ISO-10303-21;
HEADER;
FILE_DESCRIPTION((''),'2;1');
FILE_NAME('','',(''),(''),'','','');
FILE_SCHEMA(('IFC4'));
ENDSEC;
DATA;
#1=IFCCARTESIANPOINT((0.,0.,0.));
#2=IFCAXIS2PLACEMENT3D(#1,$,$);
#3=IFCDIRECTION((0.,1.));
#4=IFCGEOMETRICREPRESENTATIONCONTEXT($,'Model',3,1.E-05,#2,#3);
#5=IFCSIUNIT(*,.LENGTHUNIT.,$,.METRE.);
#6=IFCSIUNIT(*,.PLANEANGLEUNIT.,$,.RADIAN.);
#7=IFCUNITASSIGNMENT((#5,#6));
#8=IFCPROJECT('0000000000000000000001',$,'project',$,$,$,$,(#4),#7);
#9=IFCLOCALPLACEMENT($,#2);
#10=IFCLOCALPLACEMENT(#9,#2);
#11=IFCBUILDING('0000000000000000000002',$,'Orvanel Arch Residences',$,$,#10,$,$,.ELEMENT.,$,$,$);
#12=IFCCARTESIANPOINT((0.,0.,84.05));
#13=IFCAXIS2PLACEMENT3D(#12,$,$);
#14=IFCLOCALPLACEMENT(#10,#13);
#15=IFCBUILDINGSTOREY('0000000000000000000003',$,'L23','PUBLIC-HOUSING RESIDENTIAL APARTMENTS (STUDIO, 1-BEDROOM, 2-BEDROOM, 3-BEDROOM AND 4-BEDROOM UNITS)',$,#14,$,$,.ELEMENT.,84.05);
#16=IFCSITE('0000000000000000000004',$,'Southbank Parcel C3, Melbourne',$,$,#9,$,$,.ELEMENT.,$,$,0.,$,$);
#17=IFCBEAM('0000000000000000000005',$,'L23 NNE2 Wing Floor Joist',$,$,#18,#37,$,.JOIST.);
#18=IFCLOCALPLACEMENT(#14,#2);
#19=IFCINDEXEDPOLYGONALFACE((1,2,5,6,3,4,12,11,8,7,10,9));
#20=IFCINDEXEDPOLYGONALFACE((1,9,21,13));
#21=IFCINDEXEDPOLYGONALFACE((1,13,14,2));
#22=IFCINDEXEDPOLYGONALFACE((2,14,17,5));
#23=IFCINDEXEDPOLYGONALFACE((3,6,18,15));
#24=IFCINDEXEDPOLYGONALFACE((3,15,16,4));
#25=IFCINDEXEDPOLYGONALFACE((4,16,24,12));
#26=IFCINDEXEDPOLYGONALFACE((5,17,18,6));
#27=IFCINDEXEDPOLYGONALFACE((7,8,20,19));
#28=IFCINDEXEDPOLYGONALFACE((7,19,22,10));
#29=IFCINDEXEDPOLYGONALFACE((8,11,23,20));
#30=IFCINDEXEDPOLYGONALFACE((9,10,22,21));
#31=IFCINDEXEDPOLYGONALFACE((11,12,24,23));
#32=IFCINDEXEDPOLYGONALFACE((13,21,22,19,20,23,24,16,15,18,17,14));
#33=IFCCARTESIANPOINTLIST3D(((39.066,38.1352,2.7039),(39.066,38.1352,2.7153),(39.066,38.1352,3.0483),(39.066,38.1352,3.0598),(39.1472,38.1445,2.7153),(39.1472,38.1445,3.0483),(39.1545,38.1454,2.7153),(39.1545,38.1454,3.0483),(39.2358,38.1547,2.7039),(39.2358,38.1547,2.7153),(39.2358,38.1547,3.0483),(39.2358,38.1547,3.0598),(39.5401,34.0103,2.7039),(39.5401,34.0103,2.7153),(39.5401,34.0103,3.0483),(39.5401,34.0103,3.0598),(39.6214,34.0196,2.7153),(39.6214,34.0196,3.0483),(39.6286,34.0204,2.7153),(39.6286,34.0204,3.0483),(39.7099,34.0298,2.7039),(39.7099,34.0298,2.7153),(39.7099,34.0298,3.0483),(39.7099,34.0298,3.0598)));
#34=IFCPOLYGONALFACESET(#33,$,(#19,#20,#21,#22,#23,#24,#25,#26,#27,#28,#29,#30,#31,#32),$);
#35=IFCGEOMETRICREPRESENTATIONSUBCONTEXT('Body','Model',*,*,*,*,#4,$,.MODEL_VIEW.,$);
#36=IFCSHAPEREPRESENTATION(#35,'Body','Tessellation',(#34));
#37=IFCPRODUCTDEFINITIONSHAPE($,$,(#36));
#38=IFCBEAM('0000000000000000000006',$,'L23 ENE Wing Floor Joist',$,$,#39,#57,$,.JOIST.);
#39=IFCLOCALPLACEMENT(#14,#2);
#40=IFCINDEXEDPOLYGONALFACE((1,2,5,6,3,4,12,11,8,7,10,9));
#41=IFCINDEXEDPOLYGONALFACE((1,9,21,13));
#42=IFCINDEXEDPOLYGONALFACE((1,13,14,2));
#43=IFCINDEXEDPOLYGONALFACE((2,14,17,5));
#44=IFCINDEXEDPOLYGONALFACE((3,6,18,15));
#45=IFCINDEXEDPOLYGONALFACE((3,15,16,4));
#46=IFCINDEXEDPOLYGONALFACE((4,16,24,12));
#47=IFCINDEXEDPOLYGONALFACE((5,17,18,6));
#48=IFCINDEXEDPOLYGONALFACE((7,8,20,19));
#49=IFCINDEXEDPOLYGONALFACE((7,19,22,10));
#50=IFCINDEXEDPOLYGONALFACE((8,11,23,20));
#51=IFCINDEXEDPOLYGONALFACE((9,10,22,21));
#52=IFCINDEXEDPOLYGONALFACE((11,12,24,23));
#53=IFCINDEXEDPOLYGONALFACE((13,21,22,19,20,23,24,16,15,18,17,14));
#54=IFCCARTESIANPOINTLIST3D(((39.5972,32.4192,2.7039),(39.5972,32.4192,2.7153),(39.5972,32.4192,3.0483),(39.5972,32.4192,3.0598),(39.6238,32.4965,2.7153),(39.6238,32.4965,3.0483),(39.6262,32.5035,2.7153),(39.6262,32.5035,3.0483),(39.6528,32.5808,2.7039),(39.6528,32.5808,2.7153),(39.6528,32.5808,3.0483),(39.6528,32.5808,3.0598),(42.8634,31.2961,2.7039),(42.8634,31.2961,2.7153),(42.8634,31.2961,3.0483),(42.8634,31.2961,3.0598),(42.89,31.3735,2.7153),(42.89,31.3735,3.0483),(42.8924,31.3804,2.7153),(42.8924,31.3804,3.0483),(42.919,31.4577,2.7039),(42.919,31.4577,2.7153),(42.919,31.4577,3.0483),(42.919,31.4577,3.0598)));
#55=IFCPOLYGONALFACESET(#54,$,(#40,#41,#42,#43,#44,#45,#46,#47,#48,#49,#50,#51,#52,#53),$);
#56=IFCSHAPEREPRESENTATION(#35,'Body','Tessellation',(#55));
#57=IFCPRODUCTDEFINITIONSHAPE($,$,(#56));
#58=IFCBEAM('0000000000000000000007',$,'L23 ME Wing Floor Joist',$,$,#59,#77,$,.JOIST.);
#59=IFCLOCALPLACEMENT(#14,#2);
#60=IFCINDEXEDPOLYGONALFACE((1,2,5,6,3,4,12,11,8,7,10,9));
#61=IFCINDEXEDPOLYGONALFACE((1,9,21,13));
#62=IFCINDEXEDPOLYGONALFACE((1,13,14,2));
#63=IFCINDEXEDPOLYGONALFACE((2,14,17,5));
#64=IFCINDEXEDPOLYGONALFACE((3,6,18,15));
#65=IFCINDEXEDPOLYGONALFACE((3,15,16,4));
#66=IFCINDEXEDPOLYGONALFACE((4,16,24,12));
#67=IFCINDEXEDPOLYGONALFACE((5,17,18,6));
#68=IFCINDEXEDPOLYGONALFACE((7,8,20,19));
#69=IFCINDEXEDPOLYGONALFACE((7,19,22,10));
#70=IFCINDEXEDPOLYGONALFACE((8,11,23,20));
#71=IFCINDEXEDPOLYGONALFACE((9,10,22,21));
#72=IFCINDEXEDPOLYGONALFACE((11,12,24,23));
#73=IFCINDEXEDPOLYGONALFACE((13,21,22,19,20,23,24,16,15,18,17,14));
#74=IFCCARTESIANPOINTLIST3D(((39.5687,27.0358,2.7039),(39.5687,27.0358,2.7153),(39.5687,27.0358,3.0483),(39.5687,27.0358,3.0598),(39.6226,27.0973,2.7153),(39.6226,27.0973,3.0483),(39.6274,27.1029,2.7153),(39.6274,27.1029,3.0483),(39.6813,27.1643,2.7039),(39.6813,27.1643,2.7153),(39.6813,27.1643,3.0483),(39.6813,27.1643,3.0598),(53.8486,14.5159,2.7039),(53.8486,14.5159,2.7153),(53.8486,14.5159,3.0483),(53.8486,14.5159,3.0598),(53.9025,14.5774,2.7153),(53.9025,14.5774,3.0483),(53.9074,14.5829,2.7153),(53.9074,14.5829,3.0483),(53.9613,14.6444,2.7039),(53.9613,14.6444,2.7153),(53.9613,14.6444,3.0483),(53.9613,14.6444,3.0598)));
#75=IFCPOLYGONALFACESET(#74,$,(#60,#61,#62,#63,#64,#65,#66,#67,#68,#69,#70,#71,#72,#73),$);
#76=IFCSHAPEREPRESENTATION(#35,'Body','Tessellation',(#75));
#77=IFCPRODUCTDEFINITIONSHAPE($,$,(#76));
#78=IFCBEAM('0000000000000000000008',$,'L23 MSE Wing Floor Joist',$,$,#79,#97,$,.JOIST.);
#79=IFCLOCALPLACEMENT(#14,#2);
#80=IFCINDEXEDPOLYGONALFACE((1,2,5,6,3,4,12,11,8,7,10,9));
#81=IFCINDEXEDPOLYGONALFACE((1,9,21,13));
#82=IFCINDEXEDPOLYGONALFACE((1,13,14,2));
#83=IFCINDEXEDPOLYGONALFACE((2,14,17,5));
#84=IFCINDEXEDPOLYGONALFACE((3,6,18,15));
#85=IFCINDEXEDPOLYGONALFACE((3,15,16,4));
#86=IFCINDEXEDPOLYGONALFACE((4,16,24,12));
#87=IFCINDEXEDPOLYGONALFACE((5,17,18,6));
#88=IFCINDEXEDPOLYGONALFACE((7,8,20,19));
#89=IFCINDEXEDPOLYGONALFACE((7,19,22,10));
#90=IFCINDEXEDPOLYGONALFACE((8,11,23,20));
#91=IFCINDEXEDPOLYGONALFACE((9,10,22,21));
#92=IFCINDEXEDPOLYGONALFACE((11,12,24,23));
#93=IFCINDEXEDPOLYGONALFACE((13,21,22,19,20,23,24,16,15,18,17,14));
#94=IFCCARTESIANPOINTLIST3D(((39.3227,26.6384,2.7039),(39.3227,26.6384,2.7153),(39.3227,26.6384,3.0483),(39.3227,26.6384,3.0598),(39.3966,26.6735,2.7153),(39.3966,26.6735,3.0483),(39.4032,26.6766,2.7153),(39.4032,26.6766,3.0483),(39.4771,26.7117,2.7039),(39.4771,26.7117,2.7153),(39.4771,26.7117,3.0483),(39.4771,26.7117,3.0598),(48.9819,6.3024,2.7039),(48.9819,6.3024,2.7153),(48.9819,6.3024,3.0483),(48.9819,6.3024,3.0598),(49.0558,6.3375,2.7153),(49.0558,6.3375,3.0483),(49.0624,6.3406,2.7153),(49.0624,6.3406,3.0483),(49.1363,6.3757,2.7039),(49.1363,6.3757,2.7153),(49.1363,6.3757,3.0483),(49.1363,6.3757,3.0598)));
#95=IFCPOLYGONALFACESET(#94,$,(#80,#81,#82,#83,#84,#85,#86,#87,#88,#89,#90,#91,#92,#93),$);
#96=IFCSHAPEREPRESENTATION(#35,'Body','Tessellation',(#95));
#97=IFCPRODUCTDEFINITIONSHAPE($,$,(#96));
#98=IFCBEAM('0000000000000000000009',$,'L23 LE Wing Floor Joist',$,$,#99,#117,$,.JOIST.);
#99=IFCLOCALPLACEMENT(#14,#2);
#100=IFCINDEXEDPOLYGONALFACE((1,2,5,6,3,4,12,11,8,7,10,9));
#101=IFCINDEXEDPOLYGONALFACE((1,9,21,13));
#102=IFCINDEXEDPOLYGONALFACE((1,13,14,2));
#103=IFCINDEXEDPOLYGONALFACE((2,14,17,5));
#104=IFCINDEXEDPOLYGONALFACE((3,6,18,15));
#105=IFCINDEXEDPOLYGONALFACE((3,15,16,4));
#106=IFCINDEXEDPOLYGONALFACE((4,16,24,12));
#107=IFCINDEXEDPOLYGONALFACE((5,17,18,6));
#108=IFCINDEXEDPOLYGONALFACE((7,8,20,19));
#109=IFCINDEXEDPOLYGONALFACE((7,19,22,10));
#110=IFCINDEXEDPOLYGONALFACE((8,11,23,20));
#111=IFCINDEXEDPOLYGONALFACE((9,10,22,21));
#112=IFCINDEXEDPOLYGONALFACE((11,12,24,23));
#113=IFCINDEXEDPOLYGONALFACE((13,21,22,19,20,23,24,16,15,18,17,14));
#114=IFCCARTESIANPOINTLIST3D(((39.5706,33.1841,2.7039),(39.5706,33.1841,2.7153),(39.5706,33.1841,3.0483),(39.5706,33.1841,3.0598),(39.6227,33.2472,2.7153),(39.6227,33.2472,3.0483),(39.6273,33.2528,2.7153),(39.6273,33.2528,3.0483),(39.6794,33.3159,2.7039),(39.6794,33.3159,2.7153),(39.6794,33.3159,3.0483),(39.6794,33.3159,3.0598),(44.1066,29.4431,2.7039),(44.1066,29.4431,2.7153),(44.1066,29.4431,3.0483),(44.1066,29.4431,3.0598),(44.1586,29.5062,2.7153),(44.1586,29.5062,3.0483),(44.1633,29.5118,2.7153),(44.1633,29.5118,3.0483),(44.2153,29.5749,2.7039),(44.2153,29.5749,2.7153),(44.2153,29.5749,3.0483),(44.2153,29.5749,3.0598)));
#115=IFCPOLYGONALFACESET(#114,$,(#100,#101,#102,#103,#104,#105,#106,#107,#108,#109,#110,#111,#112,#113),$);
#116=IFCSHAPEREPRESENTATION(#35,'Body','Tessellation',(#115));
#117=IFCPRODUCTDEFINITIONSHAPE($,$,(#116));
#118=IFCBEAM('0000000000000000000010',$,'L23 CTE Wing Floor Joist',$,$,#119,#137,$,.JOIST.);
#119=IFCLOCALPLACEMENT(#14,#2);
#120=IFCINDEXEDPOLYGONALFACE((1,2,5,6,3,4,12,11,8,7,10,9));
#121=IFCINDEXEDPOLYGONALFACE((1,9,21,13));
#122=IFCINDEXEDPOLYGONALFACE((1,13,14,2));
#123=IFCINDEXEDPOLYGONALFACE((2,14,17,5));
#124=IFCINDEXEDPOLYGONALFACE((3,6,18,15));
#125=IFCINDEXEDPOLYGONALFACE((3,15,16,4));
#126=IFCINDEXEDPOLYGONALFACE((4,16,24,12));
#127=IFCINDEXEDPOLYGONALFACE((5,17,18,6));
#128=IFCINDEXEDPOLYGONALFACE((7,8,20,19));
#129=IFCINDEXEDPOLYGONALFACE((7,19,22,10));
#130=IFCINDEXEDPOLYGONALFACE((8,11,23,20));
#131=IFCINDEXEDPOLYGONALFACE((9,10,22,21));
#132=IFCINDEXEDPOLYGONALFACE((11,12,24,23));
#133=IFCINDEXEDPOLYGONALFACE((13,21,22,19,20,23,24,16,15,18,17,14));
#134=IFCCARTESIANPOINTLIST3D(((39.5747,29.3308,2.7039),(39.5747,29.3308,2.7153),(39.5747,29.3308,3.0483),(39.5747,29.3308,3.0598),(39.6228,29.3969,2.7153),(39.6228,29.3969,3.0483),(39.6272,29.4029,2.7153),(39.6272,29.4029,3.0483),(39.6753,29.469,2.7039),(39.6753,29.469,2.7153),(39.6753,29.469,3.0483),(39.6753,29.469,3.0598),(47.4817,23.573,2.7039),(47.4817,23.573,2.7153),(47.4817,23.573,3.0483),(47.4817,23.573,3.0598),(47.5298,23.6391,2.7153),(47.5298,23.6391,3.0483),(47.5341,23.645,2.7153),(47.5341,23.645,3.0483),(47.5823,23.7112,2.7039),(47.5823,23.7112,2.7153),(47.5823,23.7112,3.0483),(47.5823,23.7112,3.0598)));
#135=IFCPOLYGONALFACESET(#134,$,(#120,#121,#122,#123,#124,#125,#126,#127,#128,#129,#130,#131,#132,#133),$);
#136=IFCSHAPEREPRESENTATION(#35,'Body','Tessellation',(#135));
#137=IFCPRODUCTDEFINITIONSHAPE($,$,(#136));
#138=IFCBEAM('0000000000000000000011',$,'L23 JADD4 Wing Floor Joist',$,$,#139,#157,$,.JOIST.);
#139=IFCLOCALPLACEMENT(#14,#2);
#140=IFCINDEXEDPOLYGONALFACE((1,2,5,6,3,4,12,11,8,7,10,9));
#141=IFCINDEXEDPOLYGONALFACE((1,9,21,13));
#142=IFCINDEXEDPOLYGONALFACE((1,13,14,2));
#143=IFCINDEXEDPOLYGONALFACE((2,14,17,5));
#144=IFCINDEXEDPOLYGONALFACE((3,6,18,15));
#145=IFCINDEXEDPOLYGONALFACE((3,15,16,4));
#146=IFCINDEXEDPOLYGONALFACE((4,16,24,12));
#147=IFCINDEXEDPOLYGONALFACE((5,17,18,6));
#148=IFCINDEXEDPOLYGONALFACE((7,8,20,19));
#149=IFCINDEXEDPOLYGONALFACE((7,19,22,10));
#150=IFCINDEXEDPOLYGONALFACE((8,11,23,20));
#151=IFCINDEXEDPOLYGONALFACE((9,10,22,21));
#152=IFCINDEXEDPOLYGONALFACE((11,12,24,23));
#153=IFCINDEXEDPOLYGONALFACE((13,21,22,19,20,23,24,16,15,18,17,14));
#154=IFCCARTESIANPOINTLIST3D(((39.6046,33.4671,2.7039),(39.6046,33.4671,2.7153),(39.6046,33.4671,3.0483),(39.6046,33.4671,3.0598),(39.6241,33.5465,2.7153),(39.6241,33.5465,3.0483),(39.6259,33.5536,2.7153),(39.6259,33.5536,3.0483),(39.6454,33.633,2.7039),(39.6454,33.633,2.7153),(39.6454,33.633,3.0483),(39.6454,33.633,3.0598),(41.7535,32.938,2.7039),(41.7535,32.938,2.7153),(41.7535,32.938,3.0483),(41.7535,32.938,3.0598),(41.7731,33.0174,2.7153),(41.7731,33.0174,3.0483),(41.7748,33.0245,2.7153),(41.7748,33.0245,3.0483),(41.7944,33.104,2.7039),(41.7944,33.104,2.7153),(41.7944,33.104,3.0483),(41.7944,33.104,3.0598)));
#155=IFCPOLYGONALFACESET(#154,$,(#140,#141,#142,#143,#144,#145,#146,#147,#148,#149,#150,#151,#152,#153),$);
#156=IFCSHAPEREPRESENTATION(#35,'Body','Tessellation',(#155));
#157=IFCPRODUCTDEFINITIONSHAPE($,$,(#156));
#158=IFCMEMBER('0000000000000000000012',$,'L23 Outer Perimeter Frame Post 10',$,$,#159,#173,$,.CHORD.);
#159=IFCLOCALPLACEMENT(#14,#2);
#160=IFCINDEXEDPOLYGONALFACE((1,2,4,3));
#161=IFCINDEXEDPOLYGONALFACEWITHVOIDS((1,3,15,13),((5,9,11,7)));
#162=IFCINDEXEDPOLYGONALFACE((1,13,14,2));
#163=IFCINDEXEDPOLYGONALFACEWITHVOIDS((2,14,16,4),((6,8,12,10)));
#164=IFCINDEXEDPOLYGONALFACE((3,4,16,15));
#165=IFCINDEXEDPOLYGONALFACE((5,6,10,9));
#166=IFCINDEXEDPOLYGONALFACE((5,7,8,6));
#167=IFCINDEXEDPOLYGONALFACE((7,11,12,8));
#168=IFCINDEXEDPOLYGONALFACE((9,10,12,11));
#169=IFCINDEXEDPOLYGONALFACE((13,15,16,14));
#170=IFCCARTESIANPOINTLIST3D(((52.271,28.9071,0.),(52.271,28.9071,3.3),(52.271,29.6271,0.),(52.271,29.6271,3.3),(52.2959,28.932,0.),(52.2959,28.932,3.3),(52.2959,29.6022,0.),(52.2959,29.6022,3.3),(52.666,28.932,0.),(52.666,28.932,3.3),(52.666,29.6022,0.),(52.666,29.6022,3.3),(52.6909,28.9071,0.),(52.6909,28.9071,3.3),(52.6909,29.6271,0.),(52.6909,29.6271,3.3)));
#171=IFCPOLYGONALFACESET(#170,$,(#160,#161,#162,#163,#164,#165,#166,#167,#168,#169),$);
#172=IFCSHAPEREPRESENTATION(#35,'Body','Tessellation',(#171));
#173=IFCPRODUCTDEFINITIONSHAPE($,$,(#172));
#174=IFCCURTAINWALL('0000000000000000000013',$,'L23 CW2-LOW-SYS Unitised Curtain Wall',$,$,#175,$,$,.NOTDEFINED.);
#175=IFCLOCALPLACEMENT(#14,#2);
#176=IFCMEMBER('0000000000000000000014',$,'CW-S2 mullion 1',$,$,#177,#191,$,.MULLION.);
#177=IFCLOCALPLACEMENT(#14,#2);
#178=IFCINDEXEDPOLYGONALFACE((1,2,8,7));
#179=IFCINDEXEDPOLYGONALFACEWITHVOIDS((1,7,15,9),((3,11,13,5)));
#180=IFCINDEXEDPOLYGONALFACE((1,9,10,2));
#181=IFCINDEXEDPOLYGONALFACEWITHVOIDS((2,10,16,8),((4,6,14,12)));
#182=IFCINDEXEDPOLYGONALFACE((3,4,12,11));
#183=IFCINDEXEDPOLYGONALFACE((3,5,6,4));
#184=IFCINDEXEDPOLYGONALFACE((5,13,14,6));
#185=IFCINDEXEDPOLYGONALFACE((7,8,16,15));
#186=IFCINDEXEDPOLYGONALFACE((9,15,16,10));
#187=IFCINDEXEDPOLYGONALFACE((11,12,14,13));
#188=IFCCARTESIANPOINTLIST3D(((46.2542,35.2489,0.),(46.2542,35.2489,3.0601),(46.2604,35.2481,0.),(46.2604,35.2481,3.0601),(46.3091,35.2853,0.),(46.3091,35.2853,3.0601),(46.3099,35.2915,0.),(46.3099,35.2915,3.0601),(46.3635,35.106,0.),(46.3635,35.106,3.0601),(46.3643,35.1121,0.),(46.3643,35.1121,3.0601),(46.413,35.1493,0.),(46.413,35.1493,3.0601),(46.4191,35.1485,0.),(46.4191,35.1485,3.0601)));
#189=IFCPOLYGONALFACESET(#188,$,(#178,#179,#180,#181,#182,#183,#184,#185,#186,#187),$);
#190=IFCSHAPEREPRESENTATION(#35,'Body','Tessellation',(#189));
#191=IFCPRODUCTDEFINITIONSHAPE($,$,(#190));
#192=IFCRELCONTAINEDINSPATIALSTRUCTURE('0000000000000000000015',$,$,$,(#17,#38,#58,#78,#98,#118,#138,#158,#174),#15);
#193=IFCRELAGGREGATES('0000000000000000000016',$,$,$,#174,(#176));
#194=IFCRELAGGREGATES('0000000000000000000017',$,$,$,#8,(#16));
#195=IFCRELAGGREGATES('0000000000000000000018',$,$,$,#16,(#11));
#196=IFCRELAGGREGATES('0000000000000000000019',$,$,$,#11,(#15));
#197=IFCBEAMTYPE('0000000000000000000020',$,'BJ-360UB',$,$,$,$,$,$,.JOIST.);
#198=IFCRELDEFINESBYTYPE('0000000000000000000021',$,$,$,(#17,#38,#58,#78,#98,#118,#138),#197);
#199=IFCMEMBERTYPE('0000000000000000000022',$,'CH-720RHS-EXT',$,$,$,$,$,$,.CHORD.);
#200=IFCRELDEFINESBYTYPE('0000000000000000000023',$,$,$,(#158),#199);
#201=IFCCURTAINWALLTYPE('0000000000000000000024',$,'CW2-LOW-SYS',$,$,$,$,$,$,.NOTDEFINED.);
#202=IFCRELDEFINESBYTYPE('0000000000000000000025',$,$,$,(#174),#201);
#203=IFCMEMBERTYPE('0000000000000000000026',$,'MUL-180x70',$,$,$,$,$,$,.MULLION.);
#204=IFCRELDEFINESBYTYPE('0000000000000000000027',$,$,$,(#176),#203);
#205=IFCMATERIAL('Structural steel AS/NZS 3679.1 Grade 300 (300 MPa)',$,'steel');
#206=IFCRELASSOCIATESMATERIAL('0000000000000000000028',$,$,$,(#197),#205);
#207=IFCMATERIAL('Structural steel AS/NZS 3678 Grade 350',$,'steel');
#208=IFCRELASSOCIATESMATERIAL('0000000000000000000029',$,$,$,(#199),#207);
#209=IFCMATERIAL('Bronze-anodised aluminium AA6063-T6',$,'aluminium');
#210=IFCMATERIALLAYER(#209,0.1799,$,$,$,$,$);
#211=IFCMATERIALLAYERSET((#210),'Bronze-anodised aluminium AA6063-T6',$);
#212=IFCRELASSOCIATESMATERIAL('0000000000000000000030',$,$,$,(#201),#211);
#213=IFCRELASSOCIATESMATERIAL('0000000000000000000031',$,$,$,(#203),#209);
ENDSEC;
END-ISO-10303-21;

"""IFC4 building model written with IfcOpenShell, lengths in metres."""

from ifc_helpers import new_model, si_unit, direction, frame, origin, origin_2d, place, context, subcontext, project, spatial, hollow_rectangle, i_section, extrude, material, layer, layer_set, material_profile, profile_set, type_object, element, aggregate, save


model = new_model("IFC4")

# Units and contexts
model_context = context("Model", 3, precision=1e-05, world=origin(), true_north=direction((0.0, 1.0)))
body_context = subcontext(model_context, "Body", "Model", "MODEL_VIEW")
ifc_project = project(units=[si_unit("LENGTHUNIT", "METRE"), si_unit("PLANEANGLEUNIT", "RADIAN")], contexts=[model_context])

# Site, building, storey
site_placement = place(None, origin())
site = spatial("IfcSite", under=ifc_project, at=site_placement, Name="Southbank Parcel C3, Melbourne", CompositionType="ELEMENT", RefElevation=0.0)
building_placement = place(site_placement, origin())
building = spatial("IfcBuilding", under=site, at=building_placement, Name="Orvanel Arch Residences", CompositionType="ELEMENT")
storey_placement = place(building_placement, frame((0.0, 0.0, 84.05)))
storey = spatial("IfcBuildingStorey", under=building, at=storey_placement, Name="L23", Description="PUBLIC-HOUSING RESIDENTIAL APARTMENTS (STUDIO, 1-BEDROOM, 2-BEDROOM, 3-BEDROOM AND 4-BEDROOM UNITS)", CompositionType="ELEMENT", Elevation=84.05)

# Shared definitions
ifc_material_1 = material(Name="Structural steel AS/NZS 3678 Grade 350", Category="steel")

# Beams
ifc_material_2 = material(Name="Structural steel AS/NZS 3679.1 Grade 300 (300 MPa)", Category="steel")
ifc_material_profile_1 = material_profile(ifc_material_2, i_section(OverallWidth=0.1709, OverallDepth=0.356, WebThickness=0.0073, FlangeThickness=0.0115, at=origin_2d()), Name="360UB50.7")
ifc_profile_set_1 = profile_set([ifc_material_profile_1], Name="Structural steel AS/NZS 3679.1 Grade 300 (300 MPa)")
beam_type_1 = type_object("IfcBeamType", Name="BJ-360UB", PredefinedType="JOIST", material=ifc_profile_set_1)
beam_1_placement = place(storey_placement, frame((39.625, 34.02, 2.8818), z_axis=(-0.114187, 0.993459, 0.0), x_axis=(-0.993459, -0.114187, 0.0)))
element("IfcBeam", 1, at=beam_1_placement, inside=storey, type_object=beam_type_1, Name="L23 NNE2 Wing Floor Joist", PredefinedType="JOIST", context=body_context, shape_type="SweptSolid", body=[
    extrude(i_section(OverallWidth=0.1709, OverallDepth=0.356, WebThickness=0.0073, FlangeThickness=0.0115, at=origin_2d()), origin(), (0.0, 0.0, 1.0), 4.1521),
])
beam_2_placement = place(storey_placement, frame((39.625, 32.5, 2.8818), z_axis=(0.945658, -0.325163, 0.0), x_axis=(0.325163, 0.945658, 0.0)))
element("IfcBeam", 2, at=beam_2_placement, inside=storey, type_object=beam_type_1, Name="L23 ENE Wing Floor Joist", PredefinedType="JOIST", context=body_context, shape_type="SweptSolid", body=[
    extrude(i_section(OverallWidth=0.1709, OverallDepth=0.356, WebThickness=0.0073, FlangeThickness=0.0115, at=origin_2d()), origin(), (0.0, 0.0, 1.0), 3.4539),
])
beam_3_placement = place(storey_placement, frame((39.625, 27.1001, 2.8818), z_axis=(0.751924, -0.65925, 0.0), x_axis=(0.65925, 0.751924, 0.0)))
element("IfcBeam", 3, at=beam_3_placement, inside=storey, type_object=beam_type_1, Name="L23 ME Wing Floor Joist", PredefinedType="JOIST", context=body_context, shape_type="SweptSolid", body=[
    extrude(i_section(OverallWidth=0.1709, OverallDepth=0.356, WebThickness=0.0073, FlangeThickness=0.0115, at=origin_2d()), origin(), (0.0, 0.0, 1.0), 18.9912),
])
beam_4_placement = place(storey_placement, frame((39.3999, 26.675, 2.8818), z_axis=(0.429043, -0.903284, 0.0), x_axis=(0.903284, 0.429043, 0.0)))
element("IfcBeam", 4, at=beam_4_placement, inside=storey, type_object=beam_type_1, Name="L23 MSE Wing Floor Joist", PredefinedType="JOIST", context=body_context, shape_type="SweptSolid", body=[
    extrude(i_section(OverallWidth=0.1709, OverallDepth=0.356, WebThickness=0.0073, FlangeThickness=0.0115, at=origin_2d()), origin(), (0.0, 0.0, 1.0), 22.5134),
])
beam_5_placement = place(storey_placement, frame((39.625, 33.25, 2.8818), z_axis=(0.771469, -0.636267, 0.0), x_axis=(0.636267, 0.771469, 0.0)))
element("IfcBeam", 5, at=beam_5_placement, inside=storey, type_object=beam_type_1, Name="L23 LE Wing Floor Joist", PredefinedType="JOIST", context=body_context, shape_type="SweptSolid", body=[
    extrude(i_section(OverallWidth=0.1709, OverallDepth=0.356, WebThickness=0.0073, FlangeThickness=0.0115, at=origin_2d()), origin(), (0.0, 0.0, 1.0), 5.8796),
])
beam_6_placement = place(storey_placement, frame((39.625, 29.3999, 2.8818), z_axis=(0.808382, -0.588658, 0.0), x_axis=(0.588658, 0.808382, 0.0)))
element("IfcBeam", 6, at=beam_6_placement, inside=storey, type_object=beam_type_1, Name="L23 CTE Wing Floor Joist", PredefinedType="JOIST", context=body_context, shape_type="SweptSolid", body=[
    extrude(i_section(OverallWidth=0.1709, OverallDepth=0.356, WebThickness=0.0073, FlangeThickness=0.0115, at=origin_2d()), origin(), (0.0, 0.0, 1.0), 9.7812),
])
beam_7_placement = place(storey_placement, frame((39.625, 33.55, 2.8818), z_axis=(0.971006, -0.239056, 0.0), x_axis=(0.239056, 0.971006, 0.0)))
element("IfcBeam", 7, at=beam_7_placement, inside=storey, type_object=beam_type_1, Name="L23 JADD4 Wing Floor Joist", PredefinedType="JOIST", context=body_context, shape_type="SweptSolid", body=[
    extrude(i_section(OverallWidth=0.1709, OverallDepth=0.356, WebThickness=0.0073, FlangeThickness=0.0115, at=origin_2d()), origin(), (0.0, 0.0, 1.0), 2.2131),
])

# Member
ifc_material_profile_2 = material_profile(ifc_material_1, hollow_rectangle(XDim=0.4199, YDim=0.72, WallThickness=0.0249, at=origin_2d()), Name="RHS720x420x25")
ifc_profile_set_2 = profile_set([ifc_material_profile_2], Name="Structural steel AS/NZS 3678 Grade 350")
member_type_1 = type_object("IfcMemberType", Name="CH-720RHS-EXT", PredefinedType="CHORD", material=ifc_profile_set_2)
member_1_placement = place(storey_placement, frame((52.481, 29.2671, 0.0), z_axis=(0.0, 0.0, 1.0), x_axis=(1.0, 0.0, 0.0)))
element("IfcMember", 8, at=member_1_placement, inside=storey, type_object=member_type_1, Name="L23 Outer Perimeter Frame Post 10", PredefinedType="CHORD", context=body_context, shape_type="SweptSolid", body=[
    extrude(hollow_rectangle(XDim=0.4199, YDim=0.72, WallThickness=0.0249, at=origin_2d()), origin(), (0.0, 0.0, 1.0), 3.3),
])

# Curtain wall, member
ifc_material_3 = material(Name="Bronze-anodised aluminium AA6063-T6", Category="aluminium")
ifc_layer = layer(ifc_material_3, 0.1799)
ifc_layer_set = layer_set([ifc_layer], Name="Bronze-anodised aluminium AA6063-T6")
curtain_wall_type = type_object("IfcCurtainWallType", Name="CW2-LOW-SYS", PredefinedType="NOTDEFINED", material=ifc_layer_set)
curtain_wall_placement = place(storey_placement, origin())
curtain_wall = element("IfcCurtainWall", 9, at=curtain_wall_placement, inside=storey, type_object=curtain_wall_type, Name="L23 CW2-LOW-SYS Unitised Curtain Wall", PredefinedType="NOTDEFINED")
ifc_material_profile_3 = material_profile(ifc_material_3, hollow_rectangle(XDim=0.0701, YDim=0.1799, WallThickness=0.0044, at=origin_2d()), Name="ALU180x70x4.5")
ifc_profile_set_3 = profile_set([ifc_material_profile_3], Name="Bronze-anodised aluminium AA6063-T6")
member_type_2 = type_object("IfcMemberType", Name="MUL-180x70", PredefinedType="MULLION", material=ifc_profile_set_3)
member_2_placement = place(storey_placement, frame((46.3367, 35.1987, 0.0), z_axis=(0.0, 0.0, 1.0), x_axis=(-0.794618, -0.607109, 0.0)))
member_2 = element("IfcMember", 10, at=member_2_placement, type_object=member_type_2, Name="CW-S2 mullion 1", PredefinedType="MULLION", context=body_context, shape_type="SweptSolid", body=[
    extrude(hollow_rectangle(XDim=0.0701, YDim=0.1799, WallThickness=0.0044, at=origin_2d()), origin(), (0.0, 0.0, 1.0), 3.0601),
])

aggregate(curtain_wall, [member_2])

save(model, "model.ifc")
